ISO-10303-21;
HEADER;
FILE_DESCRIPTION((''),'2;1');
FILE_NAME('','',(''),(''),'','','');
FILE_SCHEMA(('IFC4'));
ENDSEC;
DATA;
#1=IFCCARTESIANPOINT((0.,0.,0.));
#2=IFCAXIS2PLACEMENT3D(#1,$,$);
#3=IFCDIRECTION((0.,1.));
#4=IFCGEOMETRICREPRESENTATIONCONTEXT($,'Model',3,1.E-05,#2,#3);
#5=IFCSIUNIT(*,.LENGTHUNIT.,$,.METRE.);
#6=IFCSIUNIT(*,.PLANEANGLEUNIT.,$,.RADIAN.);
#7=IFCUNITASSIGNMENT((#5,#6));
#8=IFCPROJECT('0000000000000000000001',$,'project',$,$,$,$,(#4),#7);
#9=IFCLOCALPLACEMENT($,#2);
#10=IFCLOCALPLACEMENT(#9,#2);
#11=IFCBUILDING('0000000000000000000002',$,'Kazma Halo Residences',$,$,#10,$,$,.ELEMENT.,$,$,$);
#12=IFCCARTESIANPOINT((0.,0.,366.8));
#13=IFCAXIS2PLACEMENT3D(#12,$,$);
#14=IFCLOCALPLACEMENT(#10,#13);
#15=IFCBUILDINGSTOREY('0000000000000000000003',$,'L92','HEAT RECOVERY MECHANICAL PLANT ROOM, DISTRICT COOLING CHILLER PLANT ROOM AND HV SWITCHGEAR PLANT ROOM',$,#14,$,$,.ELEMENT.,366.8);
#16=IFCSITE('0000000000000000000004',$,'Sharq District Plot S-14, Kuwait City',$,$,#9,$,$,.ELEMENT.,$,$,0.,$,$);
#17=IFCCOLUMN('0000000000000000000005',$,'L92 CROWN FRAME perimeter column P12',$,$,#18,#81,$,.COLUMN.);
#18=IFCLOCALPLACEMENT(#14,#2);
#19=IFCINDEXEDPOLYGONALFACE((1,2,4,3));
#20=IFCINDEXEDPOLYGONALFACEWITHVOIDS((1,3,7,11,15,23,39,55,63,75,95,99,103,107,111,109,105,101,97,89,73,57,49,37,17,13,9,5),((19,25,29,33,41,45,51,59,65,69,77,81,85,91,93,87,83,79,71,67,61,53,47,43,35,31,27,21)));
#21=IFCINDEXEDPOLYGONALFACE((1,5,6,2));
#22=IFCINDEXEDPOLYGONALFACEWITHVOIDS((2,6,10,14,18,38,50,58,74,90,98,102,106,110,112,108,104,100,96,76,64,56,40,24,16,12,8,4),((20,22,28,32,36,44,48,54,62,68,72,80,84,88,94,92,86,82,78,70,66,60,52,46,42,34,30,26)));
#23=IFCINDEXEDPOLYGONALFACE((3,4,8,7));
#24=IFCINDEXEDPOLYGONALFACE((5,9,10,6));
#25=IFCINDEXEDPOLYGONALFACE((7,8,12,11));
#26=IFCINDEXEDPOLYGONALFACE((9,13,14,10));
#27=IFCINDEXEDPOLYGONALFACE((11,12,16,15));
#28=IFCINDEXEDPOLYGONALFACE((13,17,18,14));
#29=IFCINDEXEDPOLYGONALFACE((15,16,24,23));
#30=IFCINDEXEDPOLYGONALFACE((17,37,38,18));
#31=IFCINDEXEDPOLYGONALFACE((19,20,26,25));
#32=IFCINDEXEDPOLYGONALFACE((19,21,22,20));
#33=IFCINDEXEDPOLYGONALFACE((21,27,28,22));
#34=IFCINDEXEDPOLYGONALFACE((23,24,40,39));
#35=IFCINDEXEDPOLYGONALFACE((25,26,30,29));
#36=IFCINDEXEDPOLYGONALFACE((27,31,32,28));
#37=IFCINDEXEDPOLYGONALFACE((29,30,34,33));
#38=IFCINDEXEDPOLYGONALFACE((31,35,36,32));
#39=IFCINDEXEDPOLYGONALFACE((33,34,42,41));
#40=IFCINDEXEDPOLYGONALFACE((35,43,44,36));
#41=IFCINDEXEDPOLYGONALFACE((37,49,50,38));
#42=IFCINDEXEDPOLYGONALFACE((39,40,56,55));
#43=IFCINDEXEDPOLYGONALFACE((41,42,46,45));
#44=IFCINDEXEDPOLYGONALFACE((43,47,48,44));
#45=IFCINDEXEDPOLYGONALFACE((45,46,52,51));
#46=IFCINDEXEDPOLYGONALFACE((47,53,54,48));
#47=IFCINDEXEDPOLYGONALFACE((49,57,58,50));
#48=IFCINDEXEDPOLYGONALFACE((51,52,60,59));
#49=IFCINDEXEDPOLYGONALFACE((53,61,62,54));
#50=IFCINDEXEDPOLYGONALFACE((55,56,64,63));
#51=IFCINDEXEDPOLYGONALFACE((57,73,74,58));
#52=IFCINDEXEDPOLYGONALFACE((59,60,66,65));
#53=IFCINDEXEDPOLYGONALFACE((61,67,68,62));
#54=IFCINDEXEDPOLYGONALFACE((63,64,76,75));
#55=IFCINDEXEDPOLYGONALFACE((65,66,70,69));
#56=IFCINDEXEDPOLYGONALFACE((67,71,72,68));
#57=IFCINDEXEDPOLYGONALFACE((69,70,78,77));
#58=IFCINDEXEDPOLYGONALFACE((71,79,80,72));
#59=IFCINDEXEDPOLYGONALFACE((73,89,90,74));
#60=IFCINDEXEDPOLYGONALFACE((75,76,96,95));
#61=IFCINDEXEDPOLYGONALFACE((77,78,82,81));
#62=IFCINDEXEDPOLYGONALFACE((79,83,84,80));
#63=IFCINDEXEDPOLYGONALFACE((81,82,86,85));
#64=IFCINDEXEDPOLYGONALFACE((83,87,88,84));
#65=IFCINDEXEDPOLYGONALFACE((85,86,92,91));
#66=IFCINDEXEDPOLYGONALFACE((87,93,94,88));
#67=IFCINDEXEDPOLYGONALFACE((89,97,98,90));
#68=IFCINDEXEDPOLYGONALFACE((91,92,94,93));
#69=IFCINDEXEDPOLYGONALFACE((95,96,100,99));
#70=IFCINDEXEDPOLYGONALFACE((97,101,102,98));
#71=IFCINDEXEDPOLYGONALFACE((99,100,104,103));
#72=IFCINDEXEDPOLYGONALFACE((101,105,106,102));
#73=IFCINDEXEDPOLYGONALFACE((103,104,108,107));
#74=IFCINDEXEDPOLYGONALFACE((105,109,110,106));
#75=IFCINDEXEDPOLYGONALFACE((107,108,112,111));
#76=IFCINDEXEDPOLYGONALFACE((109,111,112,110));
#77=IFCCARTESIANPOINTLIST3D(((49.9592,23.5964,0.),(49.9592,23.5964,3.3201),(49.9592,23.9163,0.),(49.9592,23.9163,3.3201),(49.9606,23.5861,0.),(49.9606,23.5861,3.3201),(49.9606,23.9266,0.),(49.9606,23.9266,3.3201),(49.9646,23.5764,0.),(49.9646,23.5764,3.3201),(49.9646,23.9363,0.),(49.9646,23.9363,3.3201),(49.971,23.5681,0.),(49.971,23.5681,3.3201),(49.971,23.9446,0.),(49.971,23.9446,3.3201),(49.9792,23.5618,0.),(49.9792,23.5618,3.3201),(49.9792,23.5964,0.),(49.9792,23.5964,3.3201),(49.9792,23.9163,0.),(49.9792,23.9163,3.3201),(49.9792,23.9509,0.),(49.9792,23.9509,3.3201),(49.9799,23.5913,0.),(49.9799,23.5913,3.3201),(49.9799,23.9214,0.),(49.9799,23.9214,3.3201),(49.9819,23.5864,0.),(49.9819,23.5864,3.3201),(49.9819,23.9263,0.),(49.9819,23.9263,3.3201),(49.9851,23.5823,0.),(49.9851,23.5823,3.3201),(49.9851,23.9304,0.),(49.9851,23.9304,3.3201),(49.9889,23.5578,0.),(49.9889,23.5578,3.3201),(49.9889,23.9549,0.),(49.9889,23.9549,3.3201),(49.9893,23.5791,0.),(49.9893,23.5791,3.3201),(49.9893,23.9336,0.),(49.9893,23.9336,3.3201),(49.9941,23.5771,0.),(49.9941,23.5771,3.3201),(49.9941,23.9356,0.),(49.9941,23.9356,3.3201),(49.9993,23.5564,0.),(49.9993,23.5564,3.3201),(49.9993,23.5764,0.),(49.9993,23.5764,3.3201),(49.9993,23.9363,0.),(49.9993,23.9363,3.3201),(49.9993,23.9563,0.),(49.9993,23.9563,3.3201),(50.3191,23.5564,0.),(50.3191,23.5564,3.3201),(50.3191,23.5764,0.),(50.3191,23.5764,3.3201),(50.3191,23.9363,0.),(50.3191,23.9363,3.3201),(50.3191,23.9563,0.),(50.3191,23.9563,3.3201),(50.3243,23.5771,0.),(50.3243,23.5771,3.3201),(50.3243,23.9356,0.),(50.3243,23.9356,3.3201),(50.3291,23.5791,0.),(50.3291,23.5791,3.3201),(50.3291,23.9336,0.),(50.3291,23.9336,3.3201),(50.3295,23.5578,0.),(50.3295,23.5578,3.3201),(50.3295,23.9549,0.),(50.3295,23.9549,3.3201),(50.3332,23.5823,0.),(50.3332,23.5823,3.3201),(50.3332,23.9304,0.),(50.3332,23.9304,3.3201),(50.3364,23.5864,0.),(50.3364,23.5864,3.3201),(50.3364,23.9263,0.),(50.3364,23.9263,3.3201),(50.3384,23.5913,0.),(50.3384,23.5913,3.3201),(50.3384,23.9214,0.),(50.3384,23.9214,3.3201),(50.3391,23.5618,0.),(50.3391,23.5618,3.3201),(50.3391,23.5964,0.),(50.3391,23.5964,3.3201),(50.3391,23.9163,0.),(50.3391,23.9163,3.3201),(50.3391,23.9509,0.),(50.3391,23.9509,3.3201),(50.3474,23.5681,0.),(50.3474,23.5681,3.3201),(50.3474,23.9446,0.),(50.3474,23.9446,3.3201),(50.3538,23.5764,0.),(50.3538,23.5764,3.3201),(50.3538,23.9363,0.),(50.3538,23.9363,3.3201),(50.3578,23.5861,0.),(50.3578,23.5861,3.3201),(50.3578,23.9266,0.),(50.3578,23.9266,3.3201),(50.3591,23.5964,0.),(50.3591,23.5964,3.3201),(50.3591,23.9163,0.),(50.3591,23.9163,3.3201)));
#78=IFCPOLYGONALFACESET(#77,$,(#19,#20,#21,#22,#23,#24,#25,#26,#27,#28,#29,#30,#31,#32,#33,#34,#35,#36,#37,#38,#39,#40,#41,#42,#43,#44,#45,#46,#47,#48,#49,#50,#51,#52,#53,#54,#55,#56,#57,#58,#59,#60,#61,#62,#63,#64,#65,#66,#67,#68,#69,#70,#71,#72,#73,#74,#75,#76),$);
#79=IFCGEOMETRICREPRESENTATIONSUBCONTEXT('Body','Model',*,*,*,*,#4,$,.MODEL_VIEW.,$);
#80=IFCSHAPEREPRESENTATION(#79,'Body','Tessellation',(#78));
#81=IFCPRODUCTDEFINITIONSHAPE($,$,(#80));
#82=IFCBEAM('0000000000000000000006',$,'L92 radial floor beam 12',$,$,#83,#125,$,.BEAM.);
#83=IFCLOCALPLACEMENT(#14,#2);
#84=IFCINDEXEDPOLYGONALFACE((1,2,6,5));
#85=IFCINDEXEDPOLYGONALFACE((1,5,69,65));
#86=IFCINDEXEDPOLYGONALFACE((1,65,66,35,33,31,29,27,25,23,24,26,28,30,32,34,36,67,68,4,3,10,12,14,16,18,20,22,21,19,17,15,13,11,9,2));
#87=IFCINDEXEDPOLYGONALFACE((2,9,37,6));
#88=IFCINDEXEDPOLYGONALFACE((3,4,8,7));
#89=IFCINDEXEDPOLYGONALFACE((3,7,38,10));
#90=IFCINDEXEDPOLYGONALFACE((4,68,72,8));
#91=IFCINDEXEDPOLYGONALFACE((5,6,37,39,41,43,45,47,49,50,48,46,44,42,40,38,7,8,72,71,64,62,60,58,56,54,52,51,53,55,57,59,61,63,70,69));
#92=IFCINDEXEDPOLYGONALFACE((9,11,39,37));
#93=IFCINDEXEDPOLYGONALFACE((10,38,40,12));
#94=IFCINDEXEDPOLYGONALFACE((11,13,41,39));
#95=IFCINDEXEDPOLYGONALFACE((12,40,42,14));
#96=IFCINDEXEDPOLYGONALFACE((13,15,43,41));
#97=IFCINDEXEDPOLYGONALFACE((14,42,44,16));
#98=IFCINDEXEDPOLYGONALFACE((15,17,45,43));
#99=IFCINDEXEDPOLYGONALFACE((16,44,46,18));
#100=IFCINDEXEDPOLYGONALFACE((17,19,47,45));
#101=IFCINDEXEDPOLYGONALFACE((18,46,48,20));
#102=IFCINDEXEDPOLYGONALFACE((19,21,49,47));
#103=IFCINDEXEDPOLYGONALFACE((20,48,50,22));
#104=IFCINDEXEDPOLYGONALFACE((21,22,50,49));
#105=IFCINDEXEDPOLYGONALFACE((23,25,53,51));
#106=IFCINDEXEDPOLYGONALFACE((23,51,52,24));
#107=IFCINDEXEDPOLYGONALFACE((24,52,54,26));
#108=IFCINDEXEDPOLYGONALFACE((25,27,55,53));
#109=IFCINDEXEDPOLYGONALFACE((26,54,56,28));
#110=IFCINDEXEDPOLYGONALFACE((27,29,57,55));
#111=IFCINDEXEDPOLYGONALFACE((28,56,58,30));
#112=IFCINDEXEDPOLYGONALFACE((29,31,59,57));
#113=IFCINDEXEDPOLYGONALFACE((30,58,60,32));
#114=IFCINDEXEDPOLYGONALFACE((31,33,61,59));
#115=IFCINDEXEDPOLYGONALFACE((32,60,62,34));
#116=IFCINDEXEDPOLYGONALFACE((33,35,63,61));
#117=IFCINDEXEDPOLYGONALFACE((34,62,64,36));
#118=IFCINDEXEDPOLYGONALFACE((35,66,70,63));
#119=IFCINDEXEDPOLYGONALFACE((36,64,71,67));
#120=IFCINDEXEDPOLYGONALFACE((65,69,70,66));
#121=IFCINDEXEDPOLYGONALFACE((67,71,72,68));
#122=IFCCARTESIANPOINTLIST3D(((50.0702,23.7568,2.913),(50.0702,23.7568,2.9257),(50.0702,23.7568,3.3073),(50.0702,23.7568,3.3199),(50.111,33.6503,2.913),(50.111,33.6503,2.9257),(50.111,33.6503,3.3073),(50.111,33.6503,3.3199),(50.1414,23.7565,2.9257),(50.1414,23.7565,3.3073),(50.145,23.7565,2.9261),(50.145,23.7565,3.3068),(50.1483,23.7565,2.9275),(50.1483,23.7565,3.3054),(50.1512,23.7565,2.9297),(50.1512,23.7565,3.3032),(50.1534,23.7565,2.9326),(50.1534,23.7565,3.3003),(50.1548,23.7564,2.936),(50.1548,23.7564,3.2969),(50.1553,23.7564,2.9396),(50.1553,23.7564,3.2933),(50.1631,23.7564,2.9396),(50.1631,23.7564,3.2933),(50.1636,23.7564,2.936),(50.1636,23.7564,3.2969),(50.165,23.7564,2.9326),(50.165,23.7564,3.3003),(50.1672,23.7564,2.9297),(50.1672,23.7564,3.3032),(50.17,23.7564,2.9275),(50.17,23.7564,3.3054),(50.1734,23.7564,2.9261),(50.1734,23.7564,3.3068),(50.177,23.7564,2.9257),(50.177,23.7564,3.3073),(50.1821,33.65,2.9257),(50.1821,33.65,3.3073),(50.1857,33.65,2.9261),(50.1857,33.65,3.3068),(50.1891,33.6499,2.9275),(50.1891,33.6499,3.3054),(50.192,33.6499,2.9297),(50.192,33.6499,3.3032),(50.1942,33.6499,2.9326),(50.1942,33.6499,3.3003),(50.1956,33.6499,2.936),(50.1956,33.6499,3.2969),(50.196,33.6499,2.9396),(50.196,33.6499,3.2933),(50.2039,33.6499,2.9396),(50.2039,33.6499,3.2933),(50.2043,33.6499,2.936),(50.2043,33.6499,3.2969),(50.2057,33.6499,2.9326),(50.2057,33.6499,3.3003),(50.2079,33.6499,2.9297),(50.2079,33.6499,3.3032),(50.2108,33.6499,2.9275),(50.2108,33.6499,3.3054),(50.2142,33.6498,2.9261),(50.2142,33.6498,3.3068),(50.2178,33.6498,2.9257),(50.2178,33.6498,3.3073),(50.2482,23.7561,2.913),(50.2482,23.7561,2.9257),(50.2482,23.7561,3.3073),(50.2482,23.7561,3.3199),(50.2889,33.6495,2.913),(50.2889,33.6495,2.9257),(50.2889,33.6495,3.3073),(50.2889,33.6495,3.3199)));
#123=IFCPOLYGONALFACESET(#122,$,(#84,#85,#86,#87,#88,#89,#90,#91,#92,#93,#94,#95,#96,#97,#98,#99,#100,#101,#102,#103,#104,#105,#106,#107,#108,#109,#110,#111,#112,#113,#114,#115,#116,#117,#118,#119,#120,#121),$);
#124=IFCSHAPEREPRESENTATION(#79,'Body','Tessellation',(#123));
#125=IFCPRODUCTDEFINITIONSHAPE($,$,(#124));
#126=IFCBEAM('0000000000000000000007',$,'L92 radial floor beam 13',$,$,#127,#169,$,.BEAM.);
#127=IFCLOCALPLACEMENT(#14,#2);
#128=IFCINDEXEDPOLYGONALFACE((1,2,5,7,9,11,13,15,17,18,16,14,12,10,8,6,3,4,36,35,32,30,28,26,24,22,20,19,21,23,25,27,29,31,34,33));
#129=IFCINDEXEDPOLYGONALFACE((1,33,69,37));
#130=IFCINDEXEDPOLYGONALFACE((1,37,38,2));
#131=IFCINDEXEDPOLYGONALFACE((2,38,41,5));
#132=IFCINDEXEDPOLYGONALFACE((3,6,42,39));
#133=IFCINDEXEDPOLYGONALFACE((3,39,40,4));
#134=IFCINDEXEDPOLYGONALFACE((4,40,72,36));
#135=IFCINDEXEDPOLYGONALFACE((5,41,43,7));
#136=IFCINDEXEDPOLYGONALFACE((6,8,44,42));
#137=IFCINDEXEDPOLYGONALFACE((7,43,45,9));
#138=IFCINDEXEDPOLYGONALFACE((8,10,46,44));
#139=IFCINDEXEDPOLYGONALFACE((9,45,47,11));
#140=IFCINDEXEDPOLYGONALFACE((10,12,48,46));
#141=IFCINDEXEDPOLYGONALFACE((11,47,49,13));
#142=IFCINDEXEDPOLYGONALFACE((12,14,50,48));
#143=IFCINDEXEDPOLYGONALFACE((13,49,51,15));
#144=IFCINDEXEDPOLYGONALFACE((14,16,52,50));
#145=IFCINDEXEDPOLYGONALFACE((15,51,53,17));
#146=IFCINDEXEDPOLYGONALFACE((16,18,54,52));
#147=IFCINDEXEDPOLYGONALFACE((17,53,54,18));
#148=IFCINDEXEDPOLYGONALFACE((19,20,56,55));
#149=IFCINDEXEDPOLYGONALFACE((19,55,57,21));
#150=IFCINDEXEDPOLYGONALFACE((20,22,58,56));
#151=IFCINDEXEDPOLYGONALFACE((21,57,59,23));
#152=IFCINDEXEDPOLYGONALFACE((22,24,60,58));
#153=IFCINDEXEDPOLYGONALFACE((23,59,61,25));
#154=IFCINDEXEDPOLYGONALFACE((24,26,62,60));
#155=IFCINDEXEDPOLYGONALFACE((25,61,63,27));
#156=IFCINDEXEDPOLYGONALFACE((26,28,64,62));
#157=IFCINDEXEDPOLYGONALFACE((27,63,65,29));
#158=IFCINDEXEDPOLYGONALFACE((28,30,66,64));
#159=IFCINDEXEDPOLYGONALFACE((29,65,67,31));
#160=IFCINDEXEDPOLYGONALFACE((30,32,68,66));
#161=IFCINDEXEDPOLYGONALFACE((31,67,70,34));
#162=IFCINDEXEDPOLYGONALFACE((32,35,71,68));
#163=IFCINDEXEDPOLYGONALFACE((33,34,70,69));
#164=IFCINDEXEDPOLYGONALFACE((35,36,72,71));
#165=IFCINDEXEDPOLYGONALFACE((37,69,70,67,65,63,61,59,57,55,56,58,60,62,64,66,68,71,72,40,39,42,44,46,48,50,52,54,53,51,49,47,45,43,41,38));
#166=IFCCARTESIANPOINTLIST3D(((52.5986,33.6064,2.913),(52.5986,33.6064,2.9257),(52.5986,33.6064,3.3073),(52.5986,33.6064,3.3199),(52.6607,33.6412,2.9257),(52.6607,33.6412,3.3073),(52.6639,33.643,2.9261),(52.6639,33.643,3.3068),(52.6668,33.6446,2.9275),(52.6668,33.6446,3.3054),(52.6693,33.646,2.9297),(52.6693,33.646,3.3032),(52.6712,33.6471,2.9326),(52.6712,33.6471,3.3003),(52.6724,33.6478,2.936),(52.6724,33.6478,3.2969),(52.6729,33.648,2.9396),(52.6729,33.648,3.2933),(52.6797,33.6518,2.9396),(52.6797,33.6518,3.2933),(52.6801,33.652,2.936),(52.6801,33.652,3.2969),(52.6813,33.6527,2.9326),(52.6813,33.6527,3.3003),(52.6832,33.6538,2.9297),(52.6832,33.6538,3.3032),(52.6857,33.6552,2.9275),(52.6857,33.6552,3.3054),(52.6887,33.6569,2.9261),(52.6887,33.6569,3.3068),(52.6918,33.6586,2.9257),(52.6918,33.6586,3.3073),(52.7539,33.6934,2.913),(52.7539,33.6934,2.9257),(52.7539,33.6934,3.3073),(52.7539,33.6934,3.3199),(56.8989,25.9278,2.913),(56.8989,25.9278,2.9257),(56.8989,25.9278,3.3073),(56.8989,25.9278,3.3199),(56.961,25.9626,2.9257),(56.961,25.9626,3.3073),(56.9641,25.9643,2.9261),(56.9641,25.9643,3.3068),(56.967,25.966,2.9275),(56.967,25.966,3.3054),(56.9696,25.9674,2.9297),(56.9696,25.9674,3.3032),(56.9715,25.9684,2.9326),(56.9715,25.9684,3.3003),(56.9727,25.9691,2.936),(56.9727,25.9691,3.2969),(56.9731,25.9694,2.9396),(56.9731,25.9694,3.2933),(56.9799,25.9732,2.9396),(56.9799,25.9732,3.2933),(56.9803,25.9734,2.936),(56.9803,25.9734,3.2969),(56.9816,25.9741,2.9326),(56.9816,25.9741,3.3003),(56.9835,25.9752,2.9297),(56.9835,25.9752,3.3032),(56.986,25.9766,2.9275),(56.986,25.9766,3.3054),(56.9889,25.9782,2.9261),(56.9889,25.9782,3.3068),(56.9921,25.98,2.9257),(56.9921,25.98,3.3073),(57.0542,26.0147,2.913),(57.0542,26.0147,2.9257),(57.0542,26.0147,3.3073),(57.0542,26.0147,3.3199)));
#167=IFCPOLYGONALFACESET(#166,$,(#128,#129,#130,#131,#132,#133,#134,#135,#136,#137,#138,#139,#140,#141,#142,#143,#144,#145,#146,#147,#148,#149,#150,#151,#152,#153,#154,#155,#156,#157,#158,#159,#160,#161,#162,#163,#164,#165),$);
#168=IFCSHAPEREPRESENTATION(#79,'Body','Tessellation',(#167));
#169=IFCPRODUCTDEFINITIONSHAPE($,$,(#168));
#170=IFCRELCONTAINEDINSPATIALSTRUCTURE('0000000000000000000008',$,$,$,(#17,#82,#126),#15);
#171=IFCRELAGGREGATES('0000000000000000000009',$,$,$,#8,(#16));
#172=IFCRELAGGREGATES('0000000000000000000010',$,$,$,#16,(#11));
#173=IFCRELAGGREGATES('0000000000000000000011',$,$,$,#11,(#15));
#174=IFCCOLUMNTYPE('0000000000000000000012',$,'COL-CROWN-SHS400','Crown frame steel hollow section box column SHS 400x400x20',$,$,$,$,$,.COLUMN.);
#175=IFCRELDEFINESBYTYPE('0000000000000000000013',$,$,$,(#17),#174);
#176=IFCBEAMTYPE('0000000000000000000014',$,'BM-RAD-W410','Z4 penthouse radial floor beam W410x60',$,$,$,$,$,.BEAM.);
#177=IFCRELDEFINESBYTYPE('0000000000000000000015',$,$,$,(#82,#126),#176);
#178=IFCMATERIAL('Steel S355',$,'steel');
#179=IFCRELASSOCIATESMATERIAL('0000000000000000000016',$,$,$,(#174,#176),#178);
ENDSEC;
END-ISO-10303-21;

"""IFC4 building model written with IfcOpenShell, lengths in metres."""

from ifc_helpers import new_model, si_unit, direction, frame, origin, origin_2d, place, context, subcontext, project, spatial, hollow_rectangle, i_section, extrude, material, material_profile, profile_set, type_object, element, save


model = new_model("IFC4")

# Units and contexts
model_context = context("Model", 3, precision=1e-05, world=origin(), true_north=direction((0.0, 1.0)))
body_context = subcontext(model_context, "Body", "Model", "MODEL_VIEW")
ifc_project = project(units=[si_unit("LENGTHUNIT", "METRE"), si_unit("PLANEANGLEUNIT", "RADIAN")], contexts=[model_context])

# Site, building, storey
site_placement = place(None, origin())
site = spatial("IfcSite", under=ifc_project, at=site_placement, Name="Sharq District Plot S-14, Kuwait City", CompositionType="ELEMENT", RefElevation=0.0)
building_placement = place(site_placement, origin())
building = spatial("IfcBuilding", under=site, at=building_placement, Name="Kazma Halo Residences", CompositionType="ELEMENT")
storey_placement = place(building_placement, frame((0.0, 0.0, 366.8)))
storey = spatial("IfcBuildingStorey", under=building, at=storey_placement, Name="L92", Description="HEAT RECOVERY MECHANICAL PLANT ROOM, DISTRICT COOLING CHILLER PLANT ROOM AND HV SWITCHGEAR PLANT ROOM", CompositionType="ELEMENT", Elevation=366.8)

# Column
ifc_material_1 = material(Name="Steel S355", Category="steel")
ifc_material_profile_1 = material_profile(ifc_material_1, hollow_rectangle(XDim=0.3999, YDim=0.3999, WallThickness=0.02, InnerFilletRadius=0.02, OuterFilletRadius=0.04, at=origin_2d()), Name="SHS400x400x20")
ifc_profile_set_1 = profile_set([ifc_material_profile_1], Name="Steel S355")
column_type = type_object("IfcColumnType", Name="COL-CROWN-SHS400", Description="Crown frame steel hollow section box column SHS 400x400x20", PredefinedType="COLUMN", material=ifc_profile_set_1)
column_placement = place(storey_placement, frame((50.1592, 23.7563, 0.0), z_axis=(0.0, 0.0, 1.0), x_axis=(1.0, 0.0, 0.0)))
element("IfcColumn", 1, at=column_placement, inside=storey, type_object=column_type, Name="L92 CROWN FRAME perimeter column P12", PredefinedType="COLUMN", context=body_context, shape_type="SweptSolid", body=[
    extrude(hollow_rectangle(XDim=0.3999, YDim=0.3999, WallThickness=0.02, InnerFilletRadius=0.02, OuterFilletRadius=0.04, at=origin_2d()), origin(), (0.0, 0.0, 1.0), 3.3201),
])

# Beams
ifc_material_profile_2 = material_profile(ifc_material_1, i_section(OverallWidth=0.178, OverallDepth=0.407, WebThickness=0.0078, FlangeThickness=0.0127, FilletRadius=0.0139, at=origin_2d()), Name="W410x60")
ifc_profile_set_2 = profile_set([ifc_material_profile_2], Name="Steel S355")
beam_type_1 = type_object("IfcBeamType", Name="BM-RAD-W410", Description="Z4 penthouse radial floor beam W410x60", PredefinedType="BEAM", material=ifc_profile_set_2)
beam_1_placement = place(storey_placement, frame((50.2, 33.6499, 3.1165), z_axis=(-0.004121, -0.999992, 0.0), x_axis=(0.999992, -0.004121, 0.0)))
element("IfcBeam", 2, at=beam_1_placement, inside=storey, type_object=beam_type_1, Name="L92 radial floor beam 12", PredefinedType="BEAM", context=body_context, shape_type="SweptSolid", body=[
    extrude(i_section(OverallWidth=0.178, OverallDepth=0.407, WebThickness=0.0078, FlangeThickness=0.0127, FilletRadius=0.0139, at=origin_2d()), origin(), (0.0, 0.0, 1.0), 9.8936),
])
beam_2_placement = place(storey_placement, frame((52.6763, 33.6499, 3.1165), z_axis=(0.488622, -0.872496, 0.0), x_axis=(0.872496, 0.488622, 0.0)))
element("IfcBeam", 3, at=beam_2_placement, inside=storey, type_object=beam_type_1, Name="L92 radial floor beam 13", PredefinedType="BEAM", context=body_context, shape_type="SweptSolid", body=[
    extrude(i_section(OverallWidth=0.178, OverallDepth=0.407, WebThickness=0.0078, FlangeThickness=0.0127, FilletRadius=0.0139, at=origin_2d()), origin(), (0.0, 0.0, 1.0), 8.8008),
])

save(model, "model.ifc")
